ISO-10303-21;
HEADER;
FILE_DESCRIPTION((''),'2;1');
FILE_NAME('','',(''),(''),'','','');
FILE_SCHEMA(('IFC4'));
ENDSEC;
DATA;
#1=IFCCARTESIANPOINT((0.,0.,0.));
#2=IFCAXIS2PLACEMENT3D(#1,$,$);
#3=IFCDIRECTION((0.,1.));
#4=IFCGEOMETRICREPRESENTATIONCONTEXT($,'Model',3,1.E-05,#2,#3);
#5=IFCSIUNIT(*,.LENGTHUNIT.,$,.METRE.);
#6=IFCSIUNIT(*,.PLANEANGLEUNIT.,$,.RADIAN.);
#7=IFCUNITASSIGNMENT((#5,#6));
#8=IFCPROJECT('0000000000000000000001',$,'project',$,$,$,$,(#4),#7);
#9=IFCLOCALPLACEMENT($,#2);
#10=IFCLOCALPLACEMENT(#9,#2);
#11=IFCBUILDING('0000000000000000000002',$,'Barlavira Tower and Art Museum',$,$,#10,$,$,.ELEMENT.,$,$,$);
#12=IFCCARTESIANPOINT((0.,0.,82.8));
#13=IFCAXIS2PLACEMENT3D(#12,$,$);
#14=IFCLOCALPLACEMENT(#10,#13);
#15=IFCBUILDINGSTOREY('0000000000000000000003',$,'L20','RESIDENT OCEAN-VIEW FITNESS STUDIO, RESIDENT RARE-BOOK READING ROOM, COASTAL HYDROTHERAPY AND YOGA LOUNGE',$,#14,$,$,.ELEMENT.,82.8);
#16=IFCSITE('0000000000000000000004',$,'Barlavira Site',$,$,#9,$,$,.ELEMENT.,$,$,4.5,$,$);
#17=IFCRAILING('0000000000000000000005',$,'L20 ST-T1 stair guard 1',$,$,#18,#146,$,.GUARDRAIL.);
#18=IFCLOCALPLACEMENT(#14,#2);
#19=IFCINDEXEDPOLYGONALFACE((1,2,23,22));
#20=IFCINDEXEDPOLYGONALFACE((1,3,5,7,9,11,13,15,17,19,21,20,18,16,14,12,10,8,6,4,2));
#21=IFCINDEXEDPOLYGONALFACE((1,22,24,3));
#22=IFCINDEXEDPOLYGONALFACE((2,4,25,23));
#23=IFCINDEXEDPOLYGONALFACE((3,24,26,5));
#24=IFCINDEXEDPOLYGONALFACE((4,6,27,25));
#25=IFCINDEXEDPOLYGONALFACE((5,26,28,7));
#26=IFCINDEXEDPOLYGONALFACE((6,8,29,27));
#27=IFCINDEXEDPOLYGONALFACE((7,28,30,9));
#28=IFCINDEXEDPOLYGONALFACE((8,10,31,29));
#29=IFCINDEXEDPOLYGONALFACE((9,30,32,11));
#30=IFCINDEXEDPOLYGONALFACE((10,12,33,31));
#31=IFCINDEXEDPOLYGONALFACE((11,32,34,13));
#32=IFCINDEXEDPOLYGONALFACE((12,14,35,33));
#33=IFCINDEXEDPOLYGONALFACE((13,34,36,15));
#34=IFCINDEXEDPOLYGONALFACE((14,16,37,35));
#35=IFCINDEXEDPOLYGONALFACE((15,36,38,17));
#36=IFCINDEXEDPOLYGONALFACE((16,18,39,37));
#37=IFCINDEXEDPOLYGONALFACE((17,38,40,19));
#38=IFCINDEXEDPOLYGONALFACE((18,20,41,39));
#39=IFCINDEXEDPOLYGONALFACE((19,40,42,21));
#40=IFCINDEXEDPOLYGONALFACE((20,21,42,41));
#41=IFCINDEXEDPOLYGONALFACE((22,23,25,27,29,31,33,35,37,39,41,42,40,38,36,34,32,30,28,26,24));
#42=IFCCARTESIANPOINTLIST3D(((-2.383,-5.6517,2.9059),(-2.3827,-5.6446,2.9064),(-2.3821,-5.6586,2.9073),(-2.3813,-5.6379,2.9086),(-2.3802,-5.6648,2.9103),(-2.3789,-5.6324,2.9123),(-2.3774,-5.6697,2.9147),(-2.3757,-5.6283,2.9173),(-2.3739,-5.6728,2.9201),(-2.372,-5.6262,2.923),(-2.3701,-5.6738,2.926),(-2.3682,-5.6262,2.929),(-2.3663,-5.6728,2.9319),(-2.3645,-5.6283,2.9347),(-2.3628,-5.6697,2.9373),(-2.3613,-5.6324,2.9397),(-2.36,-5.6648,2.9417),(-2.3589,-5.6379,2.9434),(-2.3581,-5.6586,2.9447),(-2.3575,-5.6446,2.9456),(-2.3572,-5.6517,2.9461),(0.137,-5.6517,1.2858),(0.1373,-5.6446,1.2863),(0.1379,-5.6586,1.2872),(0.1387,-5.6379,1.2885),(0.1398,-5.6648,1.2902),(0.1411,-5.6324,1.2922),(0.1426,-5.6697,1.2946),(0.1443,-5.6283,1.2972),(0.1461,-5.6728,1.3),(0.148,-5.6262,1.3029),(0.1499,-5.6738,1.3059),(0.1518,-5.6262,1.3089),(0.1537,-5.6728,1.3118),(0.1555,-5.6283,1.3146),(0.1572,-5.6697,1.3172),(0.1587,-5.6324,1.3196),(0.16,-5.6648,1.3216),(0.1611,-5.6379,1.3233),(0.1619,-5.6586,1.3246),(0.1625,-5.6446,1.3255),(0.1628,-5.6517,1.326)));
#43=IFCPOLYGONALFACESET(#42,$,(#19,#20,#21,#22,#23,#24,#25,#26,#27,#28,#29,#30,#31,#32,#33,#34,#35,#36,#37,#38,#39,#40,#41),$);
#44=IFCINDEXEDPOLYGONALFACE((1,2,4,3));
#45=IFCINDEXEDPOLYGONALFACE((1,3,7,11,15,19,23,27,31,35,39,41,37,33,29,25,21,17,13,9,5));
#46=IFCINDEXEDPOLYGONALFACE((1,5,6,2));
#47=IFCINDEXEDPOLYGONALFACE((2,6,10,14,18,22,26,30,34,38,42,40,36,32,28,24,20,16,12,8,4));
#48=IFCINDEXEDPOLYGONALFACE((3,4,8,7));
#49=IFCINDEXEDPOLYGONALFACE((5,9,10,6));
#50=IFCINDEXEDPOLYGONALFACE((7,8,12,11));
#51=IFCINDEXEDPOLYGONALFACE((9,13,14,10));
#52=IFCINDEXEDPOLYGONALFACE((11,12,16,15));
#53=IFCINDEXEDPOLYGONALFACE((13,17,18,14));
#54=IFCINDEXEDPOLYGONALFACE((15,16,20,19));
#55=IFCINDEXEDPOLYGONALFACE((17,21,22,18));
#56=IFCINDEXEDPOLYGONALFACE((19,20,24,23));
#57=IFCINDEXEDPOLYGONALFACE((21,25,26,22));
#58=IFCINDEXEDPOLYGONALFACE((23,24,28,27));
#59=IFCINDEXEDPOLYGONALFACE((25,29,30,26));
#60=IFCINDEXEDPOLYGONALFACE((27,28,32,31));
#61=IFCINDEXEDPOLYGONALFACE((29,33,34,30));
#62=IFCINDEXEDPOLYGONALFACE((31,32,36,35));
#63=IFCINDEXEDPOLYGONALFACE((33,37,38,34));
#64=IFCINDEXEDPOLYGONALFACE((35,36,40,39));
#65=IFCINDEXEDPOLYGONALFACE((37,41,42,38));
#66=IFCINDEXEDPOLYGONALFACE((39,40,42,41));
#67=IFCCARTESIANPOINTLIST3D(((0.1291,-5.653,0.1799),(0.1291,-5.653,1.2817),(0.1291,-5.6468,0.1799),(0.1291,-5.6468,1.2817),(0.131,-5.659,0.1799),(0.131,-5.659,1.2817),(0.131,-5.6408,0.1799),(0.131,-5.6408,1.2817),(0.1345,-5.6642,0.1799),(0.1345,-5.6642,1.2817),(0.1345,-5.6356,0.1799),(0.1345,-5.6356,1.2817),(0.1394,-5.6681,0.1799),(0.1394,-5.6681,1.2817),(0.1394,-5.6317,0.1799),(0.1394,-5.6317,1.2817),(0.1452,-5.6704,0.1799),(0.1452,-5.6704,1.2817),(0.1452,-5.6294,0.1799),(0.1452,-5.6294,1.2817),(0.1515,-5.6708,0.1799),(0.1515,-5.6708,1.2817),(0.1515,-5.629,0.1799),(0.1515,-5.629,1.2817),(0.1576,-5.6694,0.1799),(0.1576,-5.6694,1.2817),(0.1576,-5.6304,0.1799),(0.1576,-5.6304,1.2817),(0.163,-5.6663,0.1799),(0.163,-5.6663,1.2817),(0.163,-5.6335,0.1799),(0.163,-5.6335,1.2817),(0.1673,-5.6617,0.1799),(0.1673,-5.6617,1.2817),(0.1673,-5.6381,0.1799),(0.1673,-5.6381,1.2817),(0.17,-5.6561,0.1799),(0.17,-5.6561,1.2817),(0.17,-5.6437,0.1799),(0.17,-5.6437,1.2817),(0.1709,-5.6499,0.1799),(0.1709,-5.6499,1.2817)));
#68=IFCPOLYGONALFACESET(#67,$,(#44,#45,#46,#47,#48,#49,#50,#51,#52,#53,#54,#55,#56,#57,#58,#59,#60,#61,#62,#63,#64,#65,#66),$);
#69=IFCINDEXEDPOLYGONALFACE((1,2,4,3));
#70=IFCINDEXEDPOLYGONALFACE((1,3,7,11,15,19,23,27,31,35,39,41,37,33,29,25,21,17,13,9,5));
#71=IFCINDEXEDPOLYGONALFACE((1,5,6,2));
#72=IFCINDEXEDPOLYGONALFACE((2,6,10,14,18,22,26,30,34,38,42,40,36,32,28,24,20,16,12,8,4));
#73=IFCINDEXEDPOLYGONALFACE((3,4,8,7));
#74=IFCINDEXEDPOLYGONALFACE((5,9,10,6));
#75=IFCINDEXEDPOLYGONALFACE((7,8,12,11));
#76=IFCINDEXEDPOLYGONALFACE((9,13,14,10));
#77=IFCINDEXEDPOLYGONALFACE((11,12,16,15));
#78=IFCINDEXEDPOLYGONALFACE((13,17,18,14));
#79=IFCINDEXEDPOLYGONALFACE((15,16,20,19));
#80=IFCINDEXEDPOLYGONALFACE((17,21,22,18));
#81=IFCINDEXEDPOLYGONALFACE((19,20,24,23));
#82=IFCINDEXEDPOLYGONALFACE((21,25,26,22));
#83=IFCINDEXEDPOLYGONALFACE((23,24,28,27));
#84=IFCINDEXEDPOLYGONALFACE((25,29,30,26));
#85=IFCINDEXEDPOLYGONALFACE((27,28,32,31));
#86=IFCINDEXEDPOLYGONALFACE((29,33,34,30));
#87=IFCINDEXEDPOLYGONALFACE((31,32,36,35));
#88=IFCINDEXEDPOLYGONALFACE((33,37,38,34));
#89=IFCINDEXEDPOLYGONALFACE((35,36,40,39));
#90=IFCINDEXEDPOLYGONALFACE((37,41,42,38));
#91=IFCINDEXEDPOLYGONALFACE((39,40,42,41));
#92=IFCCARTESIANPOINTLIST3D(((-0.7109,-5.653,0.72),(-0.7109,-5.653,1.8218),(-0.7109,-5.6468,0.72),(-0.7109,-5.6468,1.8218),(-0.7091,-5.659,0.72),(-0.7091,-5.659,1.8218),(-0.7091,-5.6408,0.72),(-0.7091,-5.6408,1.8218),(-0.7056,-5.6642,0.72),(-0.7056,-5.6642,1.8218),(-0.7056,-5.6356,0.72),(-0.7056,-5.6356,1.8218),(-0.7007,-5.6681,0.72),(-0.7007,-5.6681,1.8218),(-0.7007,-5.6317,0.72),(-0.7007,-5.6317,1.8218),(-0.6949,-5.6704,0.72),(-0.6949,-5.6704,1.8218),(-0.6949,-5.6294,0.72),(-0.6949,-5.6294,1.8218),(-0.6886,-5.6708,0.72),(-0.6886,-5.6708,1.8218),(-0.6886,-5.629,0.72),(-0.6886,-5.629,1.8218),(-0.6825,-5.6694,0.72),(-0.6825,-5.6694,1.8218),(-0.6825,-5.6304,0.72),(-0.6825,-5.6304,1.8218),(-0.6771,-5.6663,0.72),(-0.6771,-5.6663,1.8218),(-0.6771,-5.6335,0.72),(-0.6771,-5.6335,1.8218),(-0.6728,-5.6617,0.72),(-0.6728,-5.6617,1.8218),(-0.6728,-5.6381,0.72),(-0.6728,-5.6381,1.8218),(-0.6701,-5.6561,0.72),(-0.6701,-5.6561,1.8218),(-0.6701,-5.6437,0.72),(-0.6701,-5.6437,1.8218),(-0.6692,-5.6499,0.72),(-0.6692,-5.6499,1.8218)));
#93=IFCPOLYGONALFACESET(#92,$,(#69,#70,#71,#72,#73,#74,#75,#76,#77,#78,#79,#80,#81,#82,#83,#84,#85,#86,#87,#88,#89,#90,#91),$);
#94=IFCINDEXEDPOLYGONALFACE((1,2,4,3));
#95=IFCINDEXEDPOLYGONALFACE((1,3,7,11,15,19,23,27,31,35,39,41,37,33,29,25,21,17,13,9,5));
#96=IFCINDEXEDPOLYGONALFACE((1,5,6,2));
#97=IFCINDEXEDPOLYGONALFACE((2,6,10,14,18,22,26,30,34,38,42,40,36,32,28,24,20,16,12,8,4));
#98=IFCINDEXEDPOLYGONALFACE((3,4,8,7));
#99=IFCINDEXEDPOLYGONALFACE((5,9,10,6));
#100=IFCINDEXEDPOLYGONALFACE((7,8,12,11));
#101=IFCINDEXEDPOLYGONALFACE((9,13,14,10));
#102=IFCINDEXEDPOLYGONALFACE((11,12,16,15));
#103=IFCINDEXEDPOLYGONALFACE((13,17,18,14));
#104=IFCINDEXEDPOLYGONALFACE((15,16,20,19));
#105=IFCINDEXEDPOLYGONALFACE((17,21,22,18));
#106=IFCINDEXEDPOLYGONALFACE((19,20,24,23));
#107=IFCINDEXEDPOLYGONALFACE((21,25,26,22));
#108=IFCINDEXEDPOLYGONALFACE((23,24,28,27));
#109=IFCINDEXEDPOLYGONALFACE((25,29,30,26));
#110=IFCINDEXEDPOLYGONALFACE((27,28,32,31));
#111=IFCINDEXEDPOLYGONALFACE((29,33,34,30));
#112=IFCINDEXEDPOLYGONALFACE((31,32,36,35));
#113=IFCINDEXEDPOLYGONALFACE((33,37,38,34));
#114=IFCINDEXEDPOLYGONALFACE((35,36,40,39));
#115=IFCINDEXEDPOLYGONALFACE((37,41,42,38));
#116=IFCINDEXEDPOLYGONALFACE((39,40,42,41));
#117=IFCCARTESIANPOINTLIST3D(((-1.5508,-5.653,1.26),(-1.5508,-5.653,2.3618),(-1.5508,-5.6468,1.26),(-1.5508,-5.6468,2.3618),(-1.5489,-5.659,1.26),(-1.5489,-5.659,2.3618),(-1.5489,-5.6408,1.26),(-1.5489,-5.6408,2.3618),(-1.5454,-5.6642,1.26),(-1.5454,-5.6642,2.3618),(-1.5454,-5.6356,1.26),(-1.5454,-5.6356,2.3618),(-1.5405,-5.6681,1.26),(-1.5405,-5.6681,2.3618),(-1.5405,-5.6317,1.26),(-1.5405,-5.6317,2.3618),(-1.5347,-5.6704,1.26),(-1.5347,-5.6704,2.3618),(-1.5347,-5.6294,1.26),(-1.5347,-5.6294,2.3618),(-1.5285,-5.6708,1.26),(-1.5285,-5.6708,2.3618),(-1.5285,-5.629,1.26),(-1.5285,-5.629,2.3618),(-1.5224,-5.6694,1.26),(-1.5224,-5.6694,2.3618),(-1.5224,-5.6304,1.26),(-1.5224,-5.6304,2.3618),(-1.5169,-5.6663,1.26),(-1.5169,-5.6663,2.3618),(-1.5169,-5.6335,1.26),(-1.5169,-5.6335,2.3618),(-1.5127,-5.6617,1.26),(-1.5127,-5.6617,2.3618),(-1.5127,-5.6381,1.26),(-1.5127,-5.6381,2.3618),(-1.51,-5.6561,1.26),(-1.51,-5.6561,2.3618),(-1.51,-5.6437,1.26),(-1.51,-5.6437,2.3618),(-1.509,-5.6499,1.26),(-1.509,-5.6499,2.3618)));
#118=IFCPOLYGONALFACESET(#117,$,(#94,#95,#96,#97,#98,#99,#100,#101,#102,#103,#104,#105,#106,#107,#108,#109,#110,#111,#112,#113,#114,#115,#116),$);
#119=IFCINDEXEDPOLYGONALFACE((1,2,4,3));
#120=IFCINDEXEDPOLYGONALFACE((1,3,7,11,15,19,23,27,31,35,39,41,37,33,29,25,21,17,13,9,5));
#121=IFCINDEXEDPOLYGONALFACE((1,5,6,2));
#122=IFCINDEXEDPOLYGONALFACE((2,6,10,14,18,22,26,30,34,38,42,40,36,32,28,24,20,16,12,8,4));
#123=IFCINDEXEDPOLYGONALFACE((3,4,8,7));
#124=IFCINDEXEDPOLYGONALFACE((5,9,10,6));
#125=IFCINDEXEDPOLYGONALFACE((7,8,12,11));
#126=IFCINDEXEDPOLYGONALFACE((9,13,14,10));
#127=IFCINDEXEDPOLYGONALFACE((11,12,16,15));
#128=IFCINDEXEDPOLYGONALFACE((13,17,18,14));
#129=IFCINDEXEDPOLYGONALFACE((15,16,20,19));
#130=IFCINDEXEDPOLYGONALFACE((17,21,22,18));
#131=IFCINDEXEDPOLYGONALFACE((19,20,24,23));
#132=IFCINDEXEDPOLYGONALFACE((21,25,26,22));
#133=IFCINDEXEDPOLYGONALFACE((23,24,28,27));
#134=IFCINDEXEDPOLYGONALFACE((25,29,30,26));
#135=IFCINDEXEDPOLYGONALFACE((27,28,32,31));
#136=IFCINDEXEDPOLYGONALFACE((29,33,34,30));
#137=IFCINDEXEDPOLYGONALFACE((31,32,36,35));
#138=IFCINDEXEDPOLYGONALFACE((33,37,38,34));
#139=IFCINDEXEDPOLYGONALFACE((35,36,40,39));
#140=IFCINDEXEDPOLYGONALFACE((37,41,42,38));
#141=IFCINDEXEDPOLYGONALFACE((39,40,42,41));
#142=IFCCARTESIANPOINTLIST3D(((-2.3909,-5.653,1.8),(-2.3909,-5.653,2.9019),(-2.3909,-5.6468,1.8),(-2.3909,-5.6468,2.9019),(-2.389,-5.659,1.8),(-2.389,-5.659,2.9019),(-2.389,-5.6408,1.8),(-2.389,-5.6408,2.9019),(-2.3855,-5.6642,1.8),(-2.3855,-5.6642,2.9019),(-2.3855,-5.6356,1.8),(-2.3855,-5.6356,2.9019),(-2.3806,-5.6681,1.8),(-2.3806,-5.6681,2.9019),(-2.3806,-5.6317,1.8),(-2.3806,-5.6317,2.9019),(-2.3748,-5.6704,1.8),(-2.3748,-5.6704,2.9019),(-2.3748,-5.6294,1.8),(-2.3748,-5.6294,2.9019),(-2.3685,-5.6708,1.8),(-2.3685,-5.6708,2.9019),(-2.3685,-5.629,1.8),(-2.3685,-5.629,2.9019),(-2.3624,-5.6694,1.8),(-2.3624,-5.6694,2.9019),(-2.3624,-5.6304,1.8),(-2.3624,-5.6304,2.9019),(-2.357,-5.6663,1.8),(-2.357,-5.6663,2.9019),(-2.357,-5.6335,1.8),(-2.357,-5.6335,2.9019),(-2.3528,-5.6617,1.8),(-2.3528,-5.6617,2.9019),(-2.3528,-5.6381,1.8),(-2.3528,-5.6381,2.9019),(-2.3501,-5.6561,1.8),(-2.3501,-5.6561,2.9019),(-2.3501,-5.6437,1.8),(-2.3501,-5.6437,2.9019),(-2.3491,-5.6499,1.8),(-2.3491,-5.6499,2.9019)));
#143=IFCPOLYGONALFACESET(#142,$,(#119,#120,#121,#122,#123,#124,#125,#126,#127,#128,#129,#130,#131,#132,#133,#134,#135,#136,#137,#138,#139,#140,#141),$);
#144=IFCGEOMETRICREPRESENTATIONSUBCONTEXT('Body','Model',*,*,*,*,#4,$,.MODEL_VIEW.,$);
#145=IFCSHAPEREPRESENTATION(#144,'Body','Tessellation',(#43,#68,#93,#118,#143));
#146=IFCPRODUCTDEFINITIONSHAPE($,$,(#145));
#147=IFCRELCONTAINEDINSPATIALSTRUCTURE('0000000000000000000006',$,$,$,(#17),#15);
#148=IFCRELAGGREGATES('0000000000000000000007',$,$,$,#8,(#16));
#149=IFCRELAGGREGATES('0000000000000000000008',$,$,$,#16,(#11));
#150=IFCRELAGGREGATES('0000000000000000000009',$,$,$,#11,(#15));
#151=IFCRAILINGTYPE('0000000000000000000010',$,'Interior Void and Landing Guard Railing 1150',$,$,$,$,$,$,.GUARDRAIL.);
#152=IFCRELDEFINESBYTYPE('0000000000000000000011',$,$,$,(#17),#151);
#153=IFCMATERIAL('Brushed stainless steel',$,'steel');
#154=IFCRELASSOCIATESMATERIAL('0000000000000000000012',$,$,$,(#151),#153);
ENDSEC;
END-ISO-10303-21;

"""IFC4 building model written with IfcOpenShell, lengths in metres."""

from ifc_helpers import new_model, si_unit, direction, frame, origin, origin_2d, place, context, subcontext, project, spatial, circle, extrude, material, type_object, element, save


model = new_model("IFC4")

# Units and contexts
model_context = context("Model", 3, precision=1e-05, world=origin(), true_north=direction((0.0, 1.0)))
body_context = subcontext(model_context, "Body", "Model", "MODEL_VIEW")
ifc_project = project(units=[si_unit("LENGTHUNIT", "METRE"), si_unit("PLANEANGLEUNIT", "RADIAN")], contexts=[model_context])

# Site, building, storey
site_placement = place(None, origin())
site = spatial("IfcSite", under=ifc_project, at=site_placement, Name="Barlavira Site", CompositionType="ELEMENT", RefElevation=4.5)
building_placement = place(site_placement, origin())
building = spatial("IfcBuilding", under=site, at=building_placement, Name="Barlavira Tower and Art Museum", CompositionType="ELEMENT")
storey_placement = place(building_placement, frame((0.0, 0.0, 82.8)))
storey = spatial("IfcBuildingStorey", under=building, at=storey_placement, Name="L20", Description="RESIDENT OCEAN-VIEW FITNESS STUDIO, RESIDENT RARE-BOOK READING ROOM, COASTAL HYDROTHERAPY AND YOGA LOUNGE", CompositionType="ELEMENT", Elevation=82.8)

# Shared definitions
ifc_material_1 = material(Name="Brushed stainless steel", Category="steel")

# Railing
railing_type_1 = type_object("IfcRailingType", Name="Interior Void and Landing Guard Railing 1150", PredefinedType="GUARDRAIL", material=ifc_material_1)
railing_1_placement = place(storey_placement, frame((0.1499, -5.6499, 0.1799)))
element("IfcRailing", 1, at=railing_1_placement, inside=storey, type_object=railing_type_1, Name="L20 ST-T1 stair guard 1", PredefinedType="GUARDRAIL", context=body_context, shape_type="SweptSolid", body=[
    extrude(circle(Radius=0.0239, at=origin_2d()), frame((0.0, 0.0, 1.126), z_axis=(-0.841163, 0.0, 0.540782), x_axis=(0.0, -1.0, 0.0)), (0.0, 0.0, 1.0), 2.9958),
    extrude(circle(Radius=0.021, at=origin_2d()), origin(), (0.0, 0.0, 1.0), 1.1018),
    extrude(circle(Radius=0.021, at=origin_2d()), frame((-0.8401, 0.0, 0.54)), (0.0, 0.0, 1.0), 1.1018),
    extrude(circle(Radius=0.021, at=origin_2d()), frame((-1.6799, 0.0, 1.0801)), (0.0, 0.0, 1.0), 1.1018),
    extrude(circle(Radius=0.021, at=origin_2d()), frame((-2.52, 0.0, 1.6201)), (0.0, 0.0, 1.0), 1.1018),
])

save(model, "model.ifc")
